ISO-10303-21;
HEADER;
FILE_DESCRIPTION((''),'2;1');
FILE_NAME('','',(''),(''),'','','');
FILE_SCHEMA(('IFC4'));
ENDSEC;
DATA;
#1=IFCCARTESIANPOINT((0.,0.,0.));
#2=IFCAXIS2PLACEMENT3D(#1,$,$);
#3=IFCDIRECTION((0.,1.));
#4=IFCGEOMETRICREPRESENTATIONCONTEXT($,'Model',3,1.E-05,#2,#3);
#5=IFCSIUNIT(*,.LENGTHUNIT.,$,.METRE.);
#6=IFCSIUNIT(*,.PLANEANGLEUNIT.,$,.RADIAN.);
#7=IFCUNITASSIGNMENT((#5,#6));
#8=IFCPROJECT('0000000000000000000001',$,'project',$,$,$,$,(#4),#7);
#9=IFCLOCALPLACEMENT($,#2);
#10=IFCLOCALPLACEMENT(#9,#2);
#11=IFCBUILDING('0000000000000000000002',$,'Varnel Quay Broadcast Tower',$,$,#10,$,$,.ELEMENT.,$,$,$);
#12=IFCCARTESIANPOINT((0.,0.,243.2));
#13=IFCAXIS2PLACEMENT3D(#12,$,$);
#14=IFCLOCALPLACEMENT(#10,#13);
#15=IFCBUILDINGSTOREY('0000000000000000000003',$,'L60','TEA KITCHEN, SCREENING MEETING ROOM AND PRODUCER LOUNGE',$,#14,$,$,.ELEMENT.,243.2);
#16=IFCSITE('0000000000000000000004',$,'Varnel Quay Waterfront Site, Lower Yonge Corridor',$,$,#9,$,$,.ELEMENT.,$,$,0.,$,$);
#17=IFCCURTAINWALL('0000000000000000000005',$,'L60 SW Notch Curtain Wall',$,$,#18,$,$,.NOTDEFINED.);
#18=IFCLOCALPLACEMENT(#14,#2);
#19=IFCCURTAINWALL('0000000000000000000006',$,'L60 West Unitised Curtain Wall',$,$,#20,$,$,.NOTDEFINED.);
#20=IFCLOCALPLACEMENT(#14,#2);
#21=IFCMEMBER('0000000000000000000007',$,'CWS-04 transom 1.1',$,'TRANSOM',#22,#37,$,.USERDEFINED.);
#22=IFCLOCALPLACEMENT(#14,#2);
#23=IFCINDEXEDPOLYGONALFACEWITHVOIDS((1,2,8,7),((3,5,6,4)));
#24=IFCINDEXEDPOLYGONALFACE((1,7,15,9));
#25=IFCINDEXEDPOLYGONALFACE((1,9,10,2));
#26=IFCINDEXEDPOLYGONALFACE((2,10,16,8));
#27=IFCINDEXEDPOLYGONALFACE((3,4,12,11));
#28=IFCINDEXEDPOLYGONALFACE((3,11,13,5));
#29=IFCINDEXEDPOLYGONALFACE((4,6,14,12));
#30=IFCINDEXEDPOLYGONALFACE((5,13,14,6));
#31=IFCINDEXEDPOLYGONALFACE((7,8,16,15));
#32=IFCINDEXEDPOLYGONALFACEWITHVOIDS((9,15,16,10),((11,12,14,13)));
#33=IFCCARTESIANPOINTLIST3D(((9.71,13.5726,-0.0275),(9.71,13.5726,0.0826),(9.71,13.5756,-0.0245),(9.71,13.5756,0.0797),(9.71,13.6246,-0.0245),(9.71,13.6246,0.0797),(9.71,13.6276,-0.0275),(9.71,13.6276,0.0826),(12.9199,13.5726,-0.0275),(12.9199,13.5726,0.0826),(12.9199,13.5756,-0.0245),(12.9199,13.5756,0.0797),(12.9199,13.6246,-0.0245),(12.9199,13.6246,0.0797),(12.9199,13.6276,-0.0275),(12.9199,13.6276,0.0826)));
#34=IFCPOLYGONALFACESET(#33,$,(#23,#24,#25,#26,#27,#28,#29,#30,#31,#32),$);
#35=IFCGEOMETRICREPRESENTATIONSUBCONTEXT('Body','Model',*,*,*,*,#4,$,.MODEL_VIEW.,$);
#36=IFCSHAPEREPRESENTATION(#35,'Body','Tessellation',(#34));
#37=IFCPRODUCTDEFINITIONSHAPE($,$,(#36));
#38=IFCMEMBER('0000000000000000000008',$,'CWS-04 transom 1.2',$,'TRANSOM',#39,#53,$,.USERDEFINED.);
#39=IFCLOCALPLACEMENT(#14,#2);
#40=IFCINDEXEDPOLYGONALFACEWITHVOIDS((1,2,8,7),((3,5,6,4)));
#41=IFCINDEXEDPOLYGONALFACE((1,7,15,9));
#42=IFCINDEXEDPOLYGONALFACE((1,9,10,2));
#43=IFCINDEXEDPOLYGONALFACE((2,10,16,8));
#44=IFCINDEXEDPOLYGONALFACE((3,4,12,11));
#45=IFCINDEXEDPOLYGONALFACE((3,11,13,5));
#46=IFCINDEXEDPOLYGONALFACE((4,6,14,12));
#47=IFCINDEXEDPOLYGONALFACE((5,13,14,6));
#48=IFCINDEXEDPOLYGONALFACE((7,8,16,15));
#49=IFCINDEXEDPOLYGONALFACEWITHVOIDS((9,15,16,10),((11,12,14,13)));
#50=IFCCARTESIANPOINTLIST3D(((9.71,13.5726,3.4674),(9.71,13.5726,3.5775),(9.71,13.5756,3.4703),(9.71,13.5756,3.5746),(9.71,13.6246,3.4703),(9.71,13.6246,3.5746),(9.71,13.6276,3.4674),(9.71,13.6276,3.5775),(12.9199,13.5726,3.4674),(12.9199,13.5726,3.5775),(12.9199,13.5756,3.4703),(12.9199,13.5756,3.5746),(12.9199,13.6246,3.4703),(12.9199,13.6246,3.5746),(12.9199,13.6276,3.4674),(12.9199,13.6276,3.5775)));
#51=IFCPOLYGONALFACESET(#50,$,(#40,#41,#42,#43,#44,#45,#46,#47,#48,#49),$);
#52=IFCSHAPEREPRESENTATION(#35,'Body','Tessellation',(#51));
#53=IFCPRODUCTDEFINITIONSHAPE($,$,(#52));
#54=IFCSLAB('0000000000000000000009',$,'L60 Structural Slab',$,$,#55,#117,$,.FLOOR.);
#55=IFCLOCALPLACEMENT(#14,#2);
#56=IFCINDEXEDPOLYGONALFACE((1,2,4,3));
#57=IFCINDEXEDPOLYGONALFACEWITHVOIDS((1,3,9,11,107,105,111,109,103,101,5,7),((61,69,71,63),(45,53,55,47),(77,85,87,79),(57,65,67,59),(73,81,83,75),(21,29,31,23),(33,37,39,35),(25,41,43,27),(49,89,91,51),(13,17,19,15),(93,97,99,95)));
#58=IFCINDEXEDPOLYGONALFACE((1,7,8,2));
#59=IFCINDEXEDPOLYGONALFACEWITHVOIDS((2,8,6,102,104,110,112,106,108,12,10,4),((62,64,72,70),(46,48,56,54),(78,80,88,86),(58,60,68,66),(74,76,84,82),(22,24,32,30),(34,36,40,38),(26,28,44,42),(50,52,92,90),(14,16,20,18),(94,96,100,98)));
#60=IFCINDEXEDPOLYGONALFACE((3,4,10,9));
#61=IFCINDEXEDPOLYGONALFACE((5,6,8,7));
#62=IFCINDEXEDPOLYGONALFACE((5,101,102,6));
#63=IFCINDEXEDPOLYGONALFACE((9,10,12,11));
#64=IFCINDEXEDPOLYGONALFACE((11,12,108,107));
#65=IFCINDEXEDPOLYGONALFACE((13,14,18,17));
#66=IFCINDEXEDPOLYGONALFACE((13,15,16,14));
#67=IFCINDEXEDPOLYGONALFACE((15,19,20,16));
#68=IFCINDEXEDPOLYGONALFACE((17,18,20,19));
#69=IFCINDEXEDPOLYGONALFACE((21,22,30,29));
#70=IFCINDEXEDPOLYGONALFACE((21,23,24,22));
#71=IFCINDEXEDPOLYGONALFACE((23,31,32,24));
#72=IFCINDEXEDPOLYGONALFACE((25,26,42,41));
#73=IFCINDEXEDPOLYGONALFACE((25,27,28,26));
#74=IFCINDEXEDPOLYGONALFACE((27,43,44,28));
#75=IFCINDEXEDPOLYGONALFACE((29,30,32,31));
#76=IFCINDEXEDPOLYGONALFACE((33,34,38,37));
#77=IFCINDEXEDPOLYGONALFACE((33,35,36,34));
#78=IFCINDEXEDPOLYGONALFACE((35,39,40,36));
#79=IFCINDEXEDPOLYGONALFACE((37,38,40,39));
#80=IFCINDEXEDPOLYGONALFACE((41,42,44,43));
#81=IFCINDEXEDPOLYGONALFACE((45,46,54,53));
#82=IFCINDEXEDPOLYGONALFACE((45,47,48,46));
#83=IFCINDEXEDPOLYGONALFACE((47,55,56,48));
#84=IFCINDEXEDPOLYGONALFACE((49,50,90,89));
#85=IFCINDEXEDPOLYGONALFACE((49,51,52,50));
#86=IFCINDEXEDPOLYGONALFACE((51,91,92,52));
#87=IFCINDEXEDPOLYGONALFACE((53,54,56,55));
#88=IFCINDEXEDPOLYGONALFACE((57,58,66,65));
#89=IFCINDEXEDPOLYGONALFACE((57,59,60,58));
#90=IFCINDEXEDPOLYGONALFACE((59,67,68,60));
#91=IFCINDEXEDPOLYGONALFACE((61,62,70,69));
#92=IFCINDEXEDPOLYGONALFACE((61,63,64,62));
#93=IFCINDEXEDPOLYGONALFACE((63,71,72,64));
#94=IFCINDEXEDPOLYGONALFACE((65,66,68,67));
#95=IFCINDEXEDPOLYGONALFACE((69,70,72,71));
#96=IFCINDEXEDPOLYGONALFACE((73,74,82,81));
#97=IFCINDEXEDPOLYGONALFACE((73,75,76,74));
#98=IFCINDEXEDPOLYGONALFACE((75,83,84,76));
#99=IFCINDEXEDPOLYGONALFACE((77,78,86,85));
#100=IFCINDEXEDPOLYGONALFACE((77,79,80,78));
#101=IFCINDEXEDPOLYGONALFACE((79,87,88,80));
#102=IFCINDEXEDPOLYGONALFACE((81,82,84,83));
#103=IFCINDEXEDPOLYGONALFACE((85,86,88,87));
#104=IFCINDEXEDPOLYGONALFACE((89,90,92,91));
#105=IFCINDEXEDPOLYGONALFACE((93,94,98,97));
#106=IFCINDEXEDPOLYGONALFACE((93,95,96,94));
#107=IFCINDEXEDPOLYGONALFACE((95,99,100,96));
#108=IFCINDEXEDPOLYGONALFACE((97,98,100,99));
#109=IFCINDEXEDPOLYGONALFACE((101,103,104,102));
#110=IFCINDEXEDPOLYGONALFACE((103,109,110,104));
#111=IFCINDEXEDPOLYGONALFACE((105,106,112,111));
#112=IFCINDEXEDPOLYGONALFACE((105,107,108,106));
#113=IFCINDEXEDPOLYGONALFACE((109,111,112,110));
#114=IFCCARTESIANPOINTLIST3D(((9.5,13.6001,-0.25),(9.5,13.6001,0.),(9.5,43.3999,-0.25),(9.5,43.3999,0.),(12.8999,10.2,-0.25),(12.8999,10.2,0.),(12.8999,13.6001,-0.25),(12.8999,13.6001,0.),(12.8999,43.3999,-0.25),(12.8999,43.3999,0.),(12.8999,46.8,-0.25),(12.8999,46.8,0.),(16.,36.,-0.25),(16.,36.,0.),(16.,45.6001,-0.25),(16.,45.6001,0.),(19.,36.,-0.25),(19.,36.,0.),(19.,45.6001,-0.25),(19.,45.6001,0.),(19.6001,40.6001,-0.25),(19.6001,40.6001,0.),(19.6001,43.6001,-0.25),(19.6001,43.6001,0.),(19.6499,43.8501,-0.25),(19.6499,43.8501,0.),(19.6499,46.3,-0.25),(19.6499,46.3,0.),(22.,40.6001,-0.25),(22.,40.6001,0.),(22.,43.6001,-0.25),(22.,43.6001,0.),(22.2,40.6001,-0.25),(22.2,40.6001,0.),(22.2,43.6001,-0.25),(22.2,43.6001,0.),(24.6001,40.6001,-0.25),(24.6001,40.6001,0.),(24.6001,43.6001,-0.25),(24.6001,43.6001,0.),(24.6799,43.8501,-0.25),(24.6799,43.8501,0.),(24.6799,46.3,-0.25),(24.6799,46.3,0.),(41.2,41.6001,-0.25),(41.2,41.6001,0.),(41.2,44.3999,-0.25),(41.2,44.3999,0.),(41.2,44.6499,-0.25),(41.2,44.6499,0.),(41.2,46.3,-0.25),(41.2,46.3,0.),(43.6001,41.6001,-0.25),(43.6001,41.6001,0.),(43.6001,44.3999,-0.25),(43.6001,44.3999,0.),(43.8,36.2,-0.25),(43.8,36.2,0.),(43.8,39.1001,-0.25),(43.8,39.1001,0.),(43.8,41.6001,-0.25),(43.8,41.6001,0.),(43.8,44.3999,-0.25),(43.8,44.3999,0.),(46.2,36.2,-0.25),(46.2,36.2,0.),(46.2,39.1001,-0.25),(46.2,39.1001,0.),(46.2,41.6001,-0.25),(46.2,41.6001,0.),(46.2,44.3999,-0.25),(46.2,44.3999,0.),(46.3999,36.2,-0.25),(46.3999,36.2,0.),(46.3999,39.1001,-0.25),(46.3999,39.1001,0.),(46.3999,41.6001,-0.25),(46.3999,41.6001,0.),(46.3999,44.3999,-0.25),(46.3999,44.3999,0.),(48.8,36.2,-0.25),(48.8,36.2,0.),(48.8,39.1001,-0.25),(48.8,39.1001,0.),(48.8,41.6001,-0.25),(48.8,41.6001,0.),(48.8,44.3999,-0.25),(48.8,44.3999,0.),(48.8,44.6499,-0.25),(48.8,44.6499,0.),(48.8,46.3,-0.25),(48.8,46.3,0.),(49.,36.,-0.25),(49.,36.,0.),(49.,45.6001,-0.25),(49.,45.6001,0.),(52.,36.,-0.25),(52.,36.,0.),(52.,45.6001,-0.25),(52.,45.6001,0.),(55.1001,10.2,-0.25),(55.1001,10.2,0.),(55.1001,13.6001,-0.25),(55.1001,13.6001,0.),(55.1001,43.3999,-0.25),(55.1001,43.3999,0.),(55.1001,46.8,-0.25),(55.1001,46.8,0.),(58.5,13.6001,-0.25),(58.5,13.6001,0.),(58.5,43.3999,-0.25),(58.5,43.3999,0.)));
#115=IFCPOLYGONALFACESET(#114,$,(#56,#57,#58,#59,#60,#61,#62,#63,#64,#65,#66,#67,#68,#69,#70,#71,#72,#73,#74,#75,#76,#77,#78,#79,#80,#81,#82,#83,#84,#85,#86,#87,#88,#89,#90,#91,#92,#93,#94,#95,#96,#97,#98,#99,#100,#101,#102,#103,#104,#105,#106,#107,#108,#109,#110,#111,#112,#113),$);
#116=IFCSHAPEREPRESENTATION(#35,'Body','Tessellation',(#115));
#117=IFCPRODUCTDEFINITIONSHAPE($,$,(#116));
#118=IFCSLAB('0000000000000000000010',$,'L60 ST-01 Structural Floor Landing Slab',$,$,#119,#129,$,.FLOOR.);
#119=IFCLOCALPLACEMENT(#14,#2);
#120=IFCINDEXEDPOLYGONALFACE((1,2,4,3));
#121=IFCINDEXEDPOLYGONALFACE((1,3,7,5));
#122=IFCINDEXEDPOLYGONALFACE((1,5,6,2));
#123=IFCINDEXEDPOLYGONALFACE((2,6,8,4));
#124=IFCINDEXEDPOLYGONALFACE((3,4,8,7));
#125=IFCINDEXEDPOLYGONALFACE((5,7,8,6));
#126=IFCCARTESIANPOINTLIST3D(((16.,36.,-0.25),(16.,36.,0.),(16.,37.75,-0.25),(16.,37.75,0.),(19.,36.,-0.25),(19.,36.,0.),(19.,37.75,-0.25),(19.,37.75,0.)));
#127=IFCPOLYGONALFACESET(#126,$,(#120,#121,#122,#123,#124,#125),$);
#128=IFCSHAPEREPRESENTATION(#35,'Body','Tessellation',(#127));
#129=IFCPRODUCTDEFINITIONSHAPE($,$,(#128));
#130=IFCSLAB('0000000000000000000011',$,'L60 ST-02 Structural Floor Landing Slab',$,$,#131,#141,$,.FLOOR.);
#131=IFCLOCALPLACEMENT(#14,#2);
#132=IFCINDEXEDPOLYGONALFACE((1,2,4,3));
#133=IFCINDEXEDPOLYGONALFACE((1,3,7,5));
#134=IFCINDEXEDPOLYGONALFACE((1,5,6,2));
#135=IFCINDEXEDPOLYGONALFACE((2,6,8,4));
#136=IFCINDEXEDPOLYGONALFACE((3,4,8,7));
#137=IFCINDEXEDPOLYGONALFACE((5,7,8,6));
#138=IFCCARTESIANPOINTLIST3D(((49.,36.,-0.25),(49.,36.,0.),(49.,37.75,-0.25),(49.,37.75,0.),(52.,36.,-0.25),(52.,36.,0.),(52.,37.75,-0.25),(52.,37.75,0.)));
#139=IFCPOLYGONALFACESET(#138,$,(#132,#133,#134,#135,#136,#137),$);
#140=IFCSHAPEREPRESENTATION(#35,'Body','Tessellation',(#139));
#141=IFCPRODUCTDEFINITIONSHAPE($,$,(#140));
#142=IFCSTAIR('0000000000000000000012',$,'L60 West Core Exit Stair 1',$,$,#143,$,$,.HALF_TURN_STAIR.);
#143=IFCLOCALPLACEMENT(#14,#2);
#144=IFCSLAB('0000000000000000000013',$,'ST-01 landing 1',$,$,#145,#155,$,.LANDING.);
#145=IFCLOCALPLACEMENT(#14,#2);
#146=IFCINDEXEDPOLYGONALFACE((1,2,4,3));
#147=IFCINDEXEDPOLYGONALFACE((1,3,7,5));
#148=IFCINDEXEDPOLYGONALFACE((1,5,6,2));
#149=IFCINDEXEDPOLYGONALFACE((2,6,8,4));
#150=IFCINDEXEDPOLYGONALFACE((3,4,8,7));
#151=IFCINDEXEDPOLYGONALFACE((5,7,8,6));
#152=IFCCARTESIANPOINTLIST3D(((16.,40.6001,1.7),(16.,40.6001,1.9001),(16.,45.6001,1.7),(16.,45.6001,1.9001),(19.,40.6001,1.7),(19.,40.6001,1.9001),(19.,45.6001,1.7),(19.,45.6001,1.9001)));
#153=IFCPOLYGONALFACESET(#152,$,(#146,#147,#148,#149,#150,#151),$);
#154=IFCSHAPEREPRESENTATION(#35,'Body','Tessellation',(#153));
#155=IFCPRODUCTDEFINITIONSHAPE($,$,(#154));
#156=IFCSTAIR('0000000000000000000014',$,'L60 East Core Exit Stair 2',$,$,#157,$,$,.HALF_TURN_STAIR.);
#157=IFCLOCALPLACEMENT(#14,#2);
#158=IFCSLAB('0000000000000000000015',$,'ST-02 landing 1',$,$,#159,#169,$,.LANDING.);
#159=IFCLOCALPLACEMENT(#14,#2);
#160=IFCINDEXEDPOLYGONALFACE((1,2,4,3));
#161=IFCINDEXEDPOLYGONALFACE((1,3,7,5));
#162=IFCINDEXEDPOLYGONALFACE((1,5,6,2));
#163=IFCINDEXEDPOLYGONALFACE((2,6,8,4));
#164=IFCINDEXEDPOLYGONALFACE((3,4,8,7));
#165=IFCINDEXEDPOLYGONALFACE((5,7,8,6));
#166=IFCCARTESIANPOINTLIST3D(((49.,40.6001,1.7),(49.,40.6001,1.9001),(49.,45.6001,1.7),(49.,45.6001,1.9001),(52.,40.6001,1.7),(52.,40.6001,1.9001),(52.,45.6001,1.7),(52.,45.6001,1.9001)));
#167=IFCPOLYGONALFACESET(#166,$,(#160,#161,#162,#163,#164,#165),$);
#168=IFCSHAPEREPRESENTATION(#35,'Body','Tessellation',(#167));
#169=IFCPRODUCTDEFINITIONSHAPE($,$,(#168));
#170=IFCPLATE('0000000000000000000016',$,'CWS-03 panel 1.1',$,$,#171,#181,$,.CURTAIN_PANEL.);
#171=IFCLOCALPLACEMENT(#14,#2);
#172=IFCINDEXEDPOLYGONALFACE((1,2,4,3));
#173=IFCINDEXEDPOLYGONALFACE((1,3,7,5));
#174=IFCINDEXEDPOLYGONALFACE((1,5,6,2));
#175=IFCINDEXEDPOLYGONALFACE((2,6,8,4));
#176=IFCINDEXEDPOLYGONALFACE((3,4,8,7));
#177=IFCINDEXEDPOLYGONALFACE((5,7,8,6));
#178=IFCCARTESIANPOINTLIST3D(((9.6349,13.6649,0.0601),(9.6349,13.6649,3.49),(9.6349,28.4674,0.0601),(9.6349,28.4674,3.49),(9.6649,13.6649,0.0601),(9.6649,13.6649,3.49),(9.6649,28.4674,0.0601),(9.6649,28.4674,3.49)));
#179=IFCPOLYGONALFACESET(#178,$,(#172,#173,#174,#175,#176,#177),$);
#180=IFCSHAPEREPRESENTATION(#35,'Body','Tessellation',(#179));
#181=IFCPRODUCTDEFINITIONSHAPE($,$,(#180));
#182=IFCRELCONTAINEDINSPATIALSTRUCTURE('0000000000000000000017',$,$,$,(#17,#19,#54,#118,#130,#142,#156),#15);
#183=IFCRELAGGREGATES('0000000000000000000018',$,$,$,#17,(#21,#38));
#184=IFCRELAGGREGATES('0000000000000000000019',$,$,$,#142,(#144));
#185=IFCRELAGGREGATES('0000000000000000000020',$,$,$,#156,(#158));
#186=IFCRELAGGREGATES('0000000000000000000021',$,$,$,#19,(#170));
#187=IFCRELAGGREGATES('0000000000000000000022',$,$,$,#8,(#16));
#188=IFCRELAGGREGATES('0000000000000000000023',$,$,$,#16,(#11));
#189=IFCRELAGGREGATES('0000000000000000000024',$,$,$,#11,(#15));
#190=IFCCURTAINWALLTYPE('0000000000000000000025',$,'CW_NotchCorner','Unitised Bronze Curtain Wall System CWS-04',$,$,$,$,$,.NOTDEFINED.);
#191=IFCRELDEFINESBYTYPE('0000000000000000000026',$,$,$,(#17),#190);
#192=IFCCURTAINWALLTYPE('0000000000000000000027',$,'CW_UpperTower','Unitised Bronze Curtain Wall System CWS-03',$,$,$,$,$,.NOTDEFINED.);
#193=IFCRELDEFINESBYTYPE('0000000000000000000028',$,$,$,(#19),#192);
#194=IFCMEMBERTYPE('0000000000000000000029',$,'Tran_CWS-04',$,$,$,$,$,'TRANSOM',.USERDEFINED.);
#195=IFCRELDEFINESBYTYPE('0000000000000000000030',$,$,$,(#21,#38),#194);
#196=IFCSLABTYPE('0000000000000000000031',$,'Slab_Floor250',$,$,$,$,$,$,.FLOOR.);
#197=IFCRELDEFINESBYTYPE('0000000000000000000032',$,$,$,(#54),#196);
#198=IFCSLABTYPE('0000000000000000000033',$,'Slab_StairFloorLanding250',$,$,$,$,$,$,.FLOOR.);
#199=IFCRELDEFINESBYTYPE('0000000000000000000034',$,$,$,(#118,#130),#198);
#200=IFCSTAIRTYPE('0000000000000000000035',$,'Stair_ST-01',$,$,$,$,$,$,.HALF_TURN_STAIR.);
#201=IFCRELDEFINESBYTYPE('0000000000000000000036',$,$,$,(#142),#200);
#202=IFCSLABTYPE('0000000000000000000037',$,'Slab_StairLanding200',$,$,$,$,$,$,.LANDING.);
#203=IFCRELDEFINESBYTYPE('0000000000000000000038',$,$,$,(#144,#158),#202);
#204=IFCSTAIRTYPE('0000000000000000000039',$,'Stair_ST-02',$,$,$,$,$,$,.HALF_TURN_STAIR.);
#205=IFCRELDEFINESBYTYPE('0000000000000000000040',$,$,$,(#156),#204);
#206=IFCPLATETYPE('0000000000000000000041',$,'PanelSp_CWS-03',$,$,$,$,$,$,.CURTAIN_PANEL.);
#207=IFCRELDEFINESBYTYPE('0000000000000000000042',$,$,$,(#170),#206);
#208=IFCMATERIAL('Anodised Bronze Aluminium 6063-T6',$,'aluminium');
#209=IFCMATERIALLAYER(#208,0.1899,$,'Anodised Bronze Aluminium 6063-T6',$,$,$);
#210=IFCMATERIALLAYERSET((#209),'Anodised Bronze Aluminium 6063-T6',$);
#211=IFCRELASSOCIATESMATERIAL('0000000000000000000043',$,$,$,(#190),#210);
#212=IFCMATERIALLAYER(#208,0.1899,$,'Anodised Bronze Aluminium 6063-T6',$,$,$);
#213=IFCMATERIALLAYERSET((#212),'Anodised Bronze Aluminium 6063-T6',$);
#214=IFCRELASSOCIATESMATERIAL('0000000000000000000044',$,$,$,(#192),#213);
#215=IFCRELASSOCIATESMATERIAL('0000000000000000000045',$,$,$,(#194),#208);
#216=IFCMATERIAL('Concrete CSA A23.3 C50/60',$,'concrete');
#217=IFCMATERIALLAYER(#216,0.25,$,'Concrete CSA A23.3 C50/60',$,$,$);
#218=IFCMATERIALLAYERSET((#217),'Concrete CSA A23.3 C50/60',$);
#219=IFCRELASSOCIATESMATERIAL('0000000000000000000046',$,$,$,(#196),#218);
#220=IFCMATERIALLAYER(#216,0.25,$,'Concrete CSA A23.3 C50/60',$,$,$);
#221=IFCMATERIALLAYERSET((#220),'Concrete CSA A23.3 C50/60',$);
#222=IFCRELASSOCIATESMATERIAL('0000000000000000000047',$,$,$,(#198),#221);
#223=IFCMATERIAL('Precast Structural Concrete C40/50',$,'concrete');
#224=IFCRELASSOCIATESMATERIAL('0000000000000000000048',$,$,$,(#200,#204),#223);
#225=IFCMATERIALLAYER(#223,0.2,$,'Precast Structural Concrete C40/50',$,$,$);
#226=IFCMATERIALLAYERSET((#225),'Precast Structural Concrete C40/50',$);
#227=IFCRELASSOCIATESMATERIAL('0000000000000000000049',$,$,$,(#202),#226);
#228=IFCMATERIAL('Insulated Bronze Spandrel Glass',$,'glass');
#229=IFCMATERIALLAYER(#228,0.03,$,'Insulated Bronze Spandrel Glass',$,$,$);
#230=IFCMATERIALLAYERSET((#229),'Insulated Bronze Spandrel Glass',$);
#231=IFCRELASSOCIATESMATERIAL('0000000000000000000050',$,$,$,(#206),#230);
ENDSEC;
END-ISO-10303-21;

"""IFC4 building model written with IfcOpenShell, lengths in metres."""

from ifc_helpers import new_model, si_unit, direction, frame, origin, origin_2d, place, context, subcontext, project, spatial, polyline, rectangle, hollow_rectangle, outline, extrude, source, transform, mapped, material, layer, layer_set, material_profile, profile_set, type_object, type_shapes, element, aggregate, save


model = new_model("IFC4")

# Units and contexts
model_context = context("Model", 3, precision=1e-05, world=origin(), true_north=direction((0.0, 1.0)))
body_context = subcontext(model_context, "Body", "Model", "MODEL_VIEW")
ifc_project = project(units=[si_unit("LENGTHUNIT", "METRE"), si_unit("PLANEANGLEUNIT", "RADIAN")], contexts=[model_context])

# Site, building, storey
site_placement = place(None, origin())
site = spatial("IfcSite", under=ifc_project, at=site_placement, Name="Varnel Quay Waterfront Site, Lower Yonge Corridor", CompositionType="ELEMENT", RefElevation=0.0)
building_placement = place(site_placement, origin())
building = spatial("IfcBuilding", under=site, at=building_placement, Name="Varnel Quay Broadcast Tower", CompositionType="ELEMENT")
storey_placement = place(building_placement, frame((0.0, 0.0, 243.2)))
storey = spatial("IfcBuildingStorey", under=building, at=storey_placement, Name="L60", Description="TEA KITCHEN, SCREENING MEETING ROOM AND PRODUCER LOUNGE", CompositionType="ELEMENT", Elevation=243.2)

# Curtain wall
ifc_material_1 = material(Name="Anodised Bronze Aluminium 6063-T6", Category="aluminium")
ifc_layer_1 = layer(ifc_material_1, 0.1899, Name="Anodised Bronze Aluminium 6063-T6")
ifc_layer_set_1 = layer_set([ifc_layer_1], Name="Anodised Bronze Aluminium 6063-T6")
curtain_wall_type_1 = type_object("IfcCurtainWallType", Name="CW_NotchCorner", Description="Unitised Bronze Curtain Wall System CWS-04", PredefinedType="NOTDEFINED", material=ifc_layer_set_1)
curtain_wall_1_placement = place(storey_placement, origin())
curtain_wall_1 = element("IfcCurtainWall", 1, at=curtain_wall_1_placement, inside=storey, type_object=curtain_wall_type_1, Name="L60 SW Notch Curtain Wall", PredefinedType="NOTDEFINED")

# Curtain wall
ifc_layer_2 = layer(ifc_material_1, 0.1899, Name="Anodised Bronze Aluminium 6063-T6")
ifc_layer_set_2 = layer_set([ifc_layer_2], Name="Anodised Bronze Aluminium 6063-T6")
curtain_wall_type_2 = type_object("IfcCurtainWallType", Name="CW_UpperTower", Description="Unitised Bronze Curtain Wall System CWS-03", PredefinedType="NOTDEFINED", material=ifc_layer_set_2)
curtain_wall_2_placement = place(storey_placement, origin())
curtain_wall_2 = element("IfcCurtainWall", 2, at=curtain_wall_2_placement, inside=storey, type_object=curtain_wall_type_2, Name="L60 West Unitised Curtain Wall", PredefinedType="NOTDEFINED")

# Members
ifc_material_profile_1 = material_profile(ifc_material_1, hollow_rectangle(XDim=0.0549, YDim=0.1101, WallThickness=0.0029, at=origin_2d()), Name="ALU55X110X3")
ifc_profile_set_1 = profile_set([ifc_material_profile_1], Name="Anodised Bronze Aluminium 6063-T6")
member_type_1 = type_object("IfcMemberType", Name="Tran_CWS-04", ElementType="TRANSOM", PredefinedType="USERDEFINED", material=ifc_profile_set_1)
shared_shape_1 = source(origin(), body_context, "Body", "SweptSolid", [
    extrude(hollow_rectangle(XDim=0.0549, YDim=0.1101, WallThickness=0.0029, at=origin_2d()), origin(), (0.0, 0.0, 1.0), 3.21),
])
type_shapes(member_type_1, [shared_shape_1])
member_1_placement = place(storey_placement, frame((9.71, 13.6001, 0.0276), z_axis=(1.0, 0.0, 0.0), x_axis=(0.0, 1.0, 0.0)))
member_1 = element("IfcMember", 3, at=member_1_placement, type_object=member_type_1, Name="CWS-04 transom 1.1", ObjectType="TRANSOM", PredefinedType="USERDEFINED", context=body_context, shape_type="MappedRepresentation", body=[
    mapped(shared_shape_1, transform((0.0, 0.0, 0.0), x_axis=(1.0, 0.0, 0.0), y_axis=(0.0, 1.0, 0.0), z_axis=(0.0, 0.0, 1.0), scale=1.0)),
])
member_2_placement = place(storey_placement, frame((9.71, 13.6001, 3.5225), z_axis=(1.0, 0.0, 0.0), x_axis=(0.0, 1.0, 0.0)))
member_2 = element("IfcMember", 4, at=member_2_placement, type_object=member_type_1, Name="CWS-04 transom 1.2", ObjectType="TRANSOM", PredefinedType="USERDEFINED", context=body_context, shape_type="MappedRepresentation", body=[
    mapped(shared_shape_1, transform((0.0, 0.0, 0.0), x_axis=(1.0, 0.0, 0.0), y_axis=(0.0, 1.0, 0.0), z_axis=(0.0, 0.0, 1.0), scale=1.0)),
])
aggregate(curtain_wall_1, [member_1, member_2])

# Slabs
ifc_material_2 = material(Name="Concrete CSA A23.3 C50/60", Category="concrete")
ifc_layer_3 = layer(ifc_material_2, 0.25, Name="Concrete CSA A23.3 C50/60")
ifc_layer_set_3 = layer_set([ifc_layer_3], Name="Concrete CSA A23.3 C50/60")
slab_type_1 = type_object("IfcSlabType", Name="Slab_Floor250", PredefinedType="FLOOR", material=ifc_layer_set_3)
slab_1_placement = place(storey_placement, frame((0.0, 0.0, -0.25)))
element("IfcSlab", 5, at=slab_1_placement, inside=storey, type_object=slab_type_1, Name="L60 Structural Slab", PredefinedType="FLOOR", context=body_context, shape_type="SweptSolid", body=[
    extrude(outline(polyline([(12.8999, 10.2), (55.1001, 10.2), (55.1001, 13.6001), (58.5, 13.6001), (58.5, 43.3999), (55.1001, 43.3999), (55.1001, 46.8), (12.8999, 46.8), (12.8999, 43.3999), (9.5, 43.3999), (9.5, 13.6001), (12.8999, 13.6001), (12.8999, 10.2)]), holes=[polyline([(19.0, 36.0), (16.0, 36.0), (16.0, 45.6001), (19.0, 45.6001), (19.0, 36.0)]), polyline([(19.6001, 40.6001), (19.6001, 43.6001), (22.0, 43.6001), (22.0, 40.6001), (19.6001, 40.6001)]), polyline([(22.2, 40.6001), (22.2, 43.6001), (24.6001, 43.6001), (24.6001, 40.6001), (22.2, 40.6001)]), polyline([(41.2, 44.3999), (43.6001, 44.3999), (43.6001, 41.6001), (41.2, 41.6001), (41.2, 44.3999)]), polyline([(43.8, 44.3999), (46.2, 44.3999), (46.2, 41.6001), (43.8, 41.6001), (43.8, 44.3999)]), polyline([(19.6499, 43.8501), (19.6499, 46.3), (24.6799, 46.3), (24.6799, 43.8501), (19.6499, 43.8501)]), polyline([(43.8, 39.1001), (46.2, 39.1001), (46.2, 36.2), (43.8, 36.2), (43.8, 39.1001)]), polyline([(46.3999, 39.1001), (48.8, 39.1001), (48.8, 36.2), (46.3999, 36.2), (46.3999, 39.1001)]), polyline([(52.0, 36.0), (49.0, 36.0), (49.0, 45.6001), (52.0, 45.6001), (52.0, 36.0)]), polyline([(46.3999, 44.3999), (48.8, 44.3999), (48.8, 41.6001), (46.3999, 41.6001), (46.3999, 44.3999)]), polyline([(41.2, 46.3), (48.8, 46.3), (48.8, 44.6499), (41.2, 44.6499), (41.2, 46.3)])]), origin(), (0.0, 0.0, 1.0), 0.25),
])
ifc_layer_4 = layer(ifc_material_2, 0.25, Name="Concrete CSA A23.3 C50/60")
ifc_layer_set_4 = layer_set([ifc_layer_4], Name="Concrete CSA A23.3 C50/60")
slab_type_2 = type_object("IfcSlabType", Name="Slab_StairFloorLanding250", PredefinedType="FLOOR", material=ifc_layer_set_4)
slab_2_placement = place(storey_placement, frame((0.0, 0.0, -0.25)))
element("IfcSlab", 6, at=slab_2_placement, inside=storey, type_object=slab_type_2, Name="L60 ST-01 Structural Floor Landing Slab", PredefinedType="FLOOR", context=body_context, shape_type="SweptSolid", body=[
    extrude(outline(polyline([(19.0, 36.0), (19.0, 37.75), (16.0, 37.75), (16.0, 36.0), (19.0, 36.0)])), origin(), (0.0, 0.0, 1.0), 0.25),
])
slab_3_placement = place(storey_placement, frame((0.0, 0.0, -0.25)))
element("IfcSlab", 7, at=slab_3_placement, inside=storey, type_object=slab_type_2, Name="L60 ST-02 Structural Floor Landing Slab", PredefinedType="FLOOR", context=body_context, shape_type="SweptSolid", body=[
    extrude(outline(polyline([(52.0, 36.0), (52.0, 37.75), (49.0, 37.75), (49.0, 36.0), (52.0, 36.0)])), origin(), (0.0, 0.0, 1.0), 0.25),
])

# Stairs, slabs
ifc_material_3 = material(Name="Precast Structural Concrete C40/50", Category="concrete")
stair_type_1 = type_object("IfcStairType", Name="Stair_ST-01", PredefinedType="HALF_TURN_STAIR", material=ifc_material_3)
stair_1_placement = place(storey_placement, origin())
stair_1 = element("IfcStair", 8, at=stair_1_placement, inside=storey, type_object=stair_type_1, Name="L60 West Core Exit Stair 1", PredefinedType="HALF_TURN_STAIR")
ifc_layer_5 = layer(ifc_material_3, 0.2, Name="Precast Structural Concrete C40/50")
ifc_layer_set_5 = layer_set([ifc_layer_5], Name="Precast Structural Concrete C40/50")
slab_type_3 = type_object("IfcSlabType", Name="Slab_StairLanding200", PredefinedType="LANDING", material=ifc_layer_set_5)
slab_4_placement = place(storey_placement, frame((0.0, 0.0, 1.7)))
slab_4 = element("IfcSlab", 9, at=slab_4_placement, type_object=slab_type_3, Name="ST-01 landing 1", PredefinedType="LANDING", context=body_context, shape_type="SweptSolid", body=[
    extrude(outline(polyline([(19.0, 40.6001), (19.0, 45.6001), (16.0, 45.6001), (16.0, 40.6001), (19.0, 40.6001)])), origin(), (0.0, 0.0, 1.0), 0.2002),
])
aggregate(stair_1, [slab_4])
stair_type_2 = type_object("IfcStairType", Name="Stair_ST-02", PredefinedType="HALF_TURN_STAIR", material=ifc_material_3)
stair_2_placement = place(storey_placement, origin())
stair_2 = element("IfcStair", 10, at=stair_2_placement, inside=storey, type_object=stair_type_2, Name="L60 East Core Exit Stair 2", PredefinedType="HALF_TURN_STAIR")
slab_5_placement = place(storey_placement, frame((0.0, 0.0, 1.7)))
slab_5 = element("IfcSlab", 11, at=slab_5_placement, type_object=slab_type_3, Name="ST-02 landing 1", PredefinedType="LANDING", context=body_context, shape_type="SweptSolid", body=[
    extrude(outline(polyline([(52.0, 40.6001), (52.0, 45.6001), (49.0, 45.6001), (49.0, 40.6001), (52.0, 40.6001)])), origin(), (0.0, 0.0, 1.0), 0.2002),
])
aggregate(stair_2, [slab_5])

# Plate
ifc_material_4 = material(Name="Insulated Bronze Spandrel Glass", Category="glass")
ifc_layer_6 = layer(ifc_material_4, 0.03, Name="Insulated Bronze Spandrel Glass")
ifc_layer_set_6 = layer_set([ifc_layer_6], Name="Insulated Bronze Spandrel Glass")
plate_type = type_object("IfcPlateType", Name="PanelSp_CWS-03", PredefinedType="CURTAIN_PANEL", material=ifc_layer_set_6)
shared_shape_2 = source(origin(), body_context, "Body", "SweptSolid", [
    extrude(rectangle(XDim=14.8025, YDim=0.03, at=origin_2d()), origin(), (0.0, 0.0, 1.0), 3.4299),
])
type_shapes(plate_type, [shared_shape_2])
plate_placement = place(storey_placement, frame((9.6499, 21.0662, 0.0601), z_axis=(0.0, 0.0, 1.0), x_axis=(0.0, 1.0, 0.0)))
plate = element("IfcPlate", 12, at=plate_placement, type_object=plate_type, Name="CWS-03 panel 1.1", PredefinedType="CURTAIN_PANEL", context=body_context, shape_type="MappedRepresentation", body=[
    mapped(shared_shape_2, transform((0.0, 0.0, 0.0), x_axis=(1.0, 0.0, 0.0), y_axis=(0.0, 1.0, 0.0), z_axis=(0.0, 0.0, 1.0), scale=1.0)),
])
aggregate(curtain_wall_2, [plate])

save(model, "model.ifc")
